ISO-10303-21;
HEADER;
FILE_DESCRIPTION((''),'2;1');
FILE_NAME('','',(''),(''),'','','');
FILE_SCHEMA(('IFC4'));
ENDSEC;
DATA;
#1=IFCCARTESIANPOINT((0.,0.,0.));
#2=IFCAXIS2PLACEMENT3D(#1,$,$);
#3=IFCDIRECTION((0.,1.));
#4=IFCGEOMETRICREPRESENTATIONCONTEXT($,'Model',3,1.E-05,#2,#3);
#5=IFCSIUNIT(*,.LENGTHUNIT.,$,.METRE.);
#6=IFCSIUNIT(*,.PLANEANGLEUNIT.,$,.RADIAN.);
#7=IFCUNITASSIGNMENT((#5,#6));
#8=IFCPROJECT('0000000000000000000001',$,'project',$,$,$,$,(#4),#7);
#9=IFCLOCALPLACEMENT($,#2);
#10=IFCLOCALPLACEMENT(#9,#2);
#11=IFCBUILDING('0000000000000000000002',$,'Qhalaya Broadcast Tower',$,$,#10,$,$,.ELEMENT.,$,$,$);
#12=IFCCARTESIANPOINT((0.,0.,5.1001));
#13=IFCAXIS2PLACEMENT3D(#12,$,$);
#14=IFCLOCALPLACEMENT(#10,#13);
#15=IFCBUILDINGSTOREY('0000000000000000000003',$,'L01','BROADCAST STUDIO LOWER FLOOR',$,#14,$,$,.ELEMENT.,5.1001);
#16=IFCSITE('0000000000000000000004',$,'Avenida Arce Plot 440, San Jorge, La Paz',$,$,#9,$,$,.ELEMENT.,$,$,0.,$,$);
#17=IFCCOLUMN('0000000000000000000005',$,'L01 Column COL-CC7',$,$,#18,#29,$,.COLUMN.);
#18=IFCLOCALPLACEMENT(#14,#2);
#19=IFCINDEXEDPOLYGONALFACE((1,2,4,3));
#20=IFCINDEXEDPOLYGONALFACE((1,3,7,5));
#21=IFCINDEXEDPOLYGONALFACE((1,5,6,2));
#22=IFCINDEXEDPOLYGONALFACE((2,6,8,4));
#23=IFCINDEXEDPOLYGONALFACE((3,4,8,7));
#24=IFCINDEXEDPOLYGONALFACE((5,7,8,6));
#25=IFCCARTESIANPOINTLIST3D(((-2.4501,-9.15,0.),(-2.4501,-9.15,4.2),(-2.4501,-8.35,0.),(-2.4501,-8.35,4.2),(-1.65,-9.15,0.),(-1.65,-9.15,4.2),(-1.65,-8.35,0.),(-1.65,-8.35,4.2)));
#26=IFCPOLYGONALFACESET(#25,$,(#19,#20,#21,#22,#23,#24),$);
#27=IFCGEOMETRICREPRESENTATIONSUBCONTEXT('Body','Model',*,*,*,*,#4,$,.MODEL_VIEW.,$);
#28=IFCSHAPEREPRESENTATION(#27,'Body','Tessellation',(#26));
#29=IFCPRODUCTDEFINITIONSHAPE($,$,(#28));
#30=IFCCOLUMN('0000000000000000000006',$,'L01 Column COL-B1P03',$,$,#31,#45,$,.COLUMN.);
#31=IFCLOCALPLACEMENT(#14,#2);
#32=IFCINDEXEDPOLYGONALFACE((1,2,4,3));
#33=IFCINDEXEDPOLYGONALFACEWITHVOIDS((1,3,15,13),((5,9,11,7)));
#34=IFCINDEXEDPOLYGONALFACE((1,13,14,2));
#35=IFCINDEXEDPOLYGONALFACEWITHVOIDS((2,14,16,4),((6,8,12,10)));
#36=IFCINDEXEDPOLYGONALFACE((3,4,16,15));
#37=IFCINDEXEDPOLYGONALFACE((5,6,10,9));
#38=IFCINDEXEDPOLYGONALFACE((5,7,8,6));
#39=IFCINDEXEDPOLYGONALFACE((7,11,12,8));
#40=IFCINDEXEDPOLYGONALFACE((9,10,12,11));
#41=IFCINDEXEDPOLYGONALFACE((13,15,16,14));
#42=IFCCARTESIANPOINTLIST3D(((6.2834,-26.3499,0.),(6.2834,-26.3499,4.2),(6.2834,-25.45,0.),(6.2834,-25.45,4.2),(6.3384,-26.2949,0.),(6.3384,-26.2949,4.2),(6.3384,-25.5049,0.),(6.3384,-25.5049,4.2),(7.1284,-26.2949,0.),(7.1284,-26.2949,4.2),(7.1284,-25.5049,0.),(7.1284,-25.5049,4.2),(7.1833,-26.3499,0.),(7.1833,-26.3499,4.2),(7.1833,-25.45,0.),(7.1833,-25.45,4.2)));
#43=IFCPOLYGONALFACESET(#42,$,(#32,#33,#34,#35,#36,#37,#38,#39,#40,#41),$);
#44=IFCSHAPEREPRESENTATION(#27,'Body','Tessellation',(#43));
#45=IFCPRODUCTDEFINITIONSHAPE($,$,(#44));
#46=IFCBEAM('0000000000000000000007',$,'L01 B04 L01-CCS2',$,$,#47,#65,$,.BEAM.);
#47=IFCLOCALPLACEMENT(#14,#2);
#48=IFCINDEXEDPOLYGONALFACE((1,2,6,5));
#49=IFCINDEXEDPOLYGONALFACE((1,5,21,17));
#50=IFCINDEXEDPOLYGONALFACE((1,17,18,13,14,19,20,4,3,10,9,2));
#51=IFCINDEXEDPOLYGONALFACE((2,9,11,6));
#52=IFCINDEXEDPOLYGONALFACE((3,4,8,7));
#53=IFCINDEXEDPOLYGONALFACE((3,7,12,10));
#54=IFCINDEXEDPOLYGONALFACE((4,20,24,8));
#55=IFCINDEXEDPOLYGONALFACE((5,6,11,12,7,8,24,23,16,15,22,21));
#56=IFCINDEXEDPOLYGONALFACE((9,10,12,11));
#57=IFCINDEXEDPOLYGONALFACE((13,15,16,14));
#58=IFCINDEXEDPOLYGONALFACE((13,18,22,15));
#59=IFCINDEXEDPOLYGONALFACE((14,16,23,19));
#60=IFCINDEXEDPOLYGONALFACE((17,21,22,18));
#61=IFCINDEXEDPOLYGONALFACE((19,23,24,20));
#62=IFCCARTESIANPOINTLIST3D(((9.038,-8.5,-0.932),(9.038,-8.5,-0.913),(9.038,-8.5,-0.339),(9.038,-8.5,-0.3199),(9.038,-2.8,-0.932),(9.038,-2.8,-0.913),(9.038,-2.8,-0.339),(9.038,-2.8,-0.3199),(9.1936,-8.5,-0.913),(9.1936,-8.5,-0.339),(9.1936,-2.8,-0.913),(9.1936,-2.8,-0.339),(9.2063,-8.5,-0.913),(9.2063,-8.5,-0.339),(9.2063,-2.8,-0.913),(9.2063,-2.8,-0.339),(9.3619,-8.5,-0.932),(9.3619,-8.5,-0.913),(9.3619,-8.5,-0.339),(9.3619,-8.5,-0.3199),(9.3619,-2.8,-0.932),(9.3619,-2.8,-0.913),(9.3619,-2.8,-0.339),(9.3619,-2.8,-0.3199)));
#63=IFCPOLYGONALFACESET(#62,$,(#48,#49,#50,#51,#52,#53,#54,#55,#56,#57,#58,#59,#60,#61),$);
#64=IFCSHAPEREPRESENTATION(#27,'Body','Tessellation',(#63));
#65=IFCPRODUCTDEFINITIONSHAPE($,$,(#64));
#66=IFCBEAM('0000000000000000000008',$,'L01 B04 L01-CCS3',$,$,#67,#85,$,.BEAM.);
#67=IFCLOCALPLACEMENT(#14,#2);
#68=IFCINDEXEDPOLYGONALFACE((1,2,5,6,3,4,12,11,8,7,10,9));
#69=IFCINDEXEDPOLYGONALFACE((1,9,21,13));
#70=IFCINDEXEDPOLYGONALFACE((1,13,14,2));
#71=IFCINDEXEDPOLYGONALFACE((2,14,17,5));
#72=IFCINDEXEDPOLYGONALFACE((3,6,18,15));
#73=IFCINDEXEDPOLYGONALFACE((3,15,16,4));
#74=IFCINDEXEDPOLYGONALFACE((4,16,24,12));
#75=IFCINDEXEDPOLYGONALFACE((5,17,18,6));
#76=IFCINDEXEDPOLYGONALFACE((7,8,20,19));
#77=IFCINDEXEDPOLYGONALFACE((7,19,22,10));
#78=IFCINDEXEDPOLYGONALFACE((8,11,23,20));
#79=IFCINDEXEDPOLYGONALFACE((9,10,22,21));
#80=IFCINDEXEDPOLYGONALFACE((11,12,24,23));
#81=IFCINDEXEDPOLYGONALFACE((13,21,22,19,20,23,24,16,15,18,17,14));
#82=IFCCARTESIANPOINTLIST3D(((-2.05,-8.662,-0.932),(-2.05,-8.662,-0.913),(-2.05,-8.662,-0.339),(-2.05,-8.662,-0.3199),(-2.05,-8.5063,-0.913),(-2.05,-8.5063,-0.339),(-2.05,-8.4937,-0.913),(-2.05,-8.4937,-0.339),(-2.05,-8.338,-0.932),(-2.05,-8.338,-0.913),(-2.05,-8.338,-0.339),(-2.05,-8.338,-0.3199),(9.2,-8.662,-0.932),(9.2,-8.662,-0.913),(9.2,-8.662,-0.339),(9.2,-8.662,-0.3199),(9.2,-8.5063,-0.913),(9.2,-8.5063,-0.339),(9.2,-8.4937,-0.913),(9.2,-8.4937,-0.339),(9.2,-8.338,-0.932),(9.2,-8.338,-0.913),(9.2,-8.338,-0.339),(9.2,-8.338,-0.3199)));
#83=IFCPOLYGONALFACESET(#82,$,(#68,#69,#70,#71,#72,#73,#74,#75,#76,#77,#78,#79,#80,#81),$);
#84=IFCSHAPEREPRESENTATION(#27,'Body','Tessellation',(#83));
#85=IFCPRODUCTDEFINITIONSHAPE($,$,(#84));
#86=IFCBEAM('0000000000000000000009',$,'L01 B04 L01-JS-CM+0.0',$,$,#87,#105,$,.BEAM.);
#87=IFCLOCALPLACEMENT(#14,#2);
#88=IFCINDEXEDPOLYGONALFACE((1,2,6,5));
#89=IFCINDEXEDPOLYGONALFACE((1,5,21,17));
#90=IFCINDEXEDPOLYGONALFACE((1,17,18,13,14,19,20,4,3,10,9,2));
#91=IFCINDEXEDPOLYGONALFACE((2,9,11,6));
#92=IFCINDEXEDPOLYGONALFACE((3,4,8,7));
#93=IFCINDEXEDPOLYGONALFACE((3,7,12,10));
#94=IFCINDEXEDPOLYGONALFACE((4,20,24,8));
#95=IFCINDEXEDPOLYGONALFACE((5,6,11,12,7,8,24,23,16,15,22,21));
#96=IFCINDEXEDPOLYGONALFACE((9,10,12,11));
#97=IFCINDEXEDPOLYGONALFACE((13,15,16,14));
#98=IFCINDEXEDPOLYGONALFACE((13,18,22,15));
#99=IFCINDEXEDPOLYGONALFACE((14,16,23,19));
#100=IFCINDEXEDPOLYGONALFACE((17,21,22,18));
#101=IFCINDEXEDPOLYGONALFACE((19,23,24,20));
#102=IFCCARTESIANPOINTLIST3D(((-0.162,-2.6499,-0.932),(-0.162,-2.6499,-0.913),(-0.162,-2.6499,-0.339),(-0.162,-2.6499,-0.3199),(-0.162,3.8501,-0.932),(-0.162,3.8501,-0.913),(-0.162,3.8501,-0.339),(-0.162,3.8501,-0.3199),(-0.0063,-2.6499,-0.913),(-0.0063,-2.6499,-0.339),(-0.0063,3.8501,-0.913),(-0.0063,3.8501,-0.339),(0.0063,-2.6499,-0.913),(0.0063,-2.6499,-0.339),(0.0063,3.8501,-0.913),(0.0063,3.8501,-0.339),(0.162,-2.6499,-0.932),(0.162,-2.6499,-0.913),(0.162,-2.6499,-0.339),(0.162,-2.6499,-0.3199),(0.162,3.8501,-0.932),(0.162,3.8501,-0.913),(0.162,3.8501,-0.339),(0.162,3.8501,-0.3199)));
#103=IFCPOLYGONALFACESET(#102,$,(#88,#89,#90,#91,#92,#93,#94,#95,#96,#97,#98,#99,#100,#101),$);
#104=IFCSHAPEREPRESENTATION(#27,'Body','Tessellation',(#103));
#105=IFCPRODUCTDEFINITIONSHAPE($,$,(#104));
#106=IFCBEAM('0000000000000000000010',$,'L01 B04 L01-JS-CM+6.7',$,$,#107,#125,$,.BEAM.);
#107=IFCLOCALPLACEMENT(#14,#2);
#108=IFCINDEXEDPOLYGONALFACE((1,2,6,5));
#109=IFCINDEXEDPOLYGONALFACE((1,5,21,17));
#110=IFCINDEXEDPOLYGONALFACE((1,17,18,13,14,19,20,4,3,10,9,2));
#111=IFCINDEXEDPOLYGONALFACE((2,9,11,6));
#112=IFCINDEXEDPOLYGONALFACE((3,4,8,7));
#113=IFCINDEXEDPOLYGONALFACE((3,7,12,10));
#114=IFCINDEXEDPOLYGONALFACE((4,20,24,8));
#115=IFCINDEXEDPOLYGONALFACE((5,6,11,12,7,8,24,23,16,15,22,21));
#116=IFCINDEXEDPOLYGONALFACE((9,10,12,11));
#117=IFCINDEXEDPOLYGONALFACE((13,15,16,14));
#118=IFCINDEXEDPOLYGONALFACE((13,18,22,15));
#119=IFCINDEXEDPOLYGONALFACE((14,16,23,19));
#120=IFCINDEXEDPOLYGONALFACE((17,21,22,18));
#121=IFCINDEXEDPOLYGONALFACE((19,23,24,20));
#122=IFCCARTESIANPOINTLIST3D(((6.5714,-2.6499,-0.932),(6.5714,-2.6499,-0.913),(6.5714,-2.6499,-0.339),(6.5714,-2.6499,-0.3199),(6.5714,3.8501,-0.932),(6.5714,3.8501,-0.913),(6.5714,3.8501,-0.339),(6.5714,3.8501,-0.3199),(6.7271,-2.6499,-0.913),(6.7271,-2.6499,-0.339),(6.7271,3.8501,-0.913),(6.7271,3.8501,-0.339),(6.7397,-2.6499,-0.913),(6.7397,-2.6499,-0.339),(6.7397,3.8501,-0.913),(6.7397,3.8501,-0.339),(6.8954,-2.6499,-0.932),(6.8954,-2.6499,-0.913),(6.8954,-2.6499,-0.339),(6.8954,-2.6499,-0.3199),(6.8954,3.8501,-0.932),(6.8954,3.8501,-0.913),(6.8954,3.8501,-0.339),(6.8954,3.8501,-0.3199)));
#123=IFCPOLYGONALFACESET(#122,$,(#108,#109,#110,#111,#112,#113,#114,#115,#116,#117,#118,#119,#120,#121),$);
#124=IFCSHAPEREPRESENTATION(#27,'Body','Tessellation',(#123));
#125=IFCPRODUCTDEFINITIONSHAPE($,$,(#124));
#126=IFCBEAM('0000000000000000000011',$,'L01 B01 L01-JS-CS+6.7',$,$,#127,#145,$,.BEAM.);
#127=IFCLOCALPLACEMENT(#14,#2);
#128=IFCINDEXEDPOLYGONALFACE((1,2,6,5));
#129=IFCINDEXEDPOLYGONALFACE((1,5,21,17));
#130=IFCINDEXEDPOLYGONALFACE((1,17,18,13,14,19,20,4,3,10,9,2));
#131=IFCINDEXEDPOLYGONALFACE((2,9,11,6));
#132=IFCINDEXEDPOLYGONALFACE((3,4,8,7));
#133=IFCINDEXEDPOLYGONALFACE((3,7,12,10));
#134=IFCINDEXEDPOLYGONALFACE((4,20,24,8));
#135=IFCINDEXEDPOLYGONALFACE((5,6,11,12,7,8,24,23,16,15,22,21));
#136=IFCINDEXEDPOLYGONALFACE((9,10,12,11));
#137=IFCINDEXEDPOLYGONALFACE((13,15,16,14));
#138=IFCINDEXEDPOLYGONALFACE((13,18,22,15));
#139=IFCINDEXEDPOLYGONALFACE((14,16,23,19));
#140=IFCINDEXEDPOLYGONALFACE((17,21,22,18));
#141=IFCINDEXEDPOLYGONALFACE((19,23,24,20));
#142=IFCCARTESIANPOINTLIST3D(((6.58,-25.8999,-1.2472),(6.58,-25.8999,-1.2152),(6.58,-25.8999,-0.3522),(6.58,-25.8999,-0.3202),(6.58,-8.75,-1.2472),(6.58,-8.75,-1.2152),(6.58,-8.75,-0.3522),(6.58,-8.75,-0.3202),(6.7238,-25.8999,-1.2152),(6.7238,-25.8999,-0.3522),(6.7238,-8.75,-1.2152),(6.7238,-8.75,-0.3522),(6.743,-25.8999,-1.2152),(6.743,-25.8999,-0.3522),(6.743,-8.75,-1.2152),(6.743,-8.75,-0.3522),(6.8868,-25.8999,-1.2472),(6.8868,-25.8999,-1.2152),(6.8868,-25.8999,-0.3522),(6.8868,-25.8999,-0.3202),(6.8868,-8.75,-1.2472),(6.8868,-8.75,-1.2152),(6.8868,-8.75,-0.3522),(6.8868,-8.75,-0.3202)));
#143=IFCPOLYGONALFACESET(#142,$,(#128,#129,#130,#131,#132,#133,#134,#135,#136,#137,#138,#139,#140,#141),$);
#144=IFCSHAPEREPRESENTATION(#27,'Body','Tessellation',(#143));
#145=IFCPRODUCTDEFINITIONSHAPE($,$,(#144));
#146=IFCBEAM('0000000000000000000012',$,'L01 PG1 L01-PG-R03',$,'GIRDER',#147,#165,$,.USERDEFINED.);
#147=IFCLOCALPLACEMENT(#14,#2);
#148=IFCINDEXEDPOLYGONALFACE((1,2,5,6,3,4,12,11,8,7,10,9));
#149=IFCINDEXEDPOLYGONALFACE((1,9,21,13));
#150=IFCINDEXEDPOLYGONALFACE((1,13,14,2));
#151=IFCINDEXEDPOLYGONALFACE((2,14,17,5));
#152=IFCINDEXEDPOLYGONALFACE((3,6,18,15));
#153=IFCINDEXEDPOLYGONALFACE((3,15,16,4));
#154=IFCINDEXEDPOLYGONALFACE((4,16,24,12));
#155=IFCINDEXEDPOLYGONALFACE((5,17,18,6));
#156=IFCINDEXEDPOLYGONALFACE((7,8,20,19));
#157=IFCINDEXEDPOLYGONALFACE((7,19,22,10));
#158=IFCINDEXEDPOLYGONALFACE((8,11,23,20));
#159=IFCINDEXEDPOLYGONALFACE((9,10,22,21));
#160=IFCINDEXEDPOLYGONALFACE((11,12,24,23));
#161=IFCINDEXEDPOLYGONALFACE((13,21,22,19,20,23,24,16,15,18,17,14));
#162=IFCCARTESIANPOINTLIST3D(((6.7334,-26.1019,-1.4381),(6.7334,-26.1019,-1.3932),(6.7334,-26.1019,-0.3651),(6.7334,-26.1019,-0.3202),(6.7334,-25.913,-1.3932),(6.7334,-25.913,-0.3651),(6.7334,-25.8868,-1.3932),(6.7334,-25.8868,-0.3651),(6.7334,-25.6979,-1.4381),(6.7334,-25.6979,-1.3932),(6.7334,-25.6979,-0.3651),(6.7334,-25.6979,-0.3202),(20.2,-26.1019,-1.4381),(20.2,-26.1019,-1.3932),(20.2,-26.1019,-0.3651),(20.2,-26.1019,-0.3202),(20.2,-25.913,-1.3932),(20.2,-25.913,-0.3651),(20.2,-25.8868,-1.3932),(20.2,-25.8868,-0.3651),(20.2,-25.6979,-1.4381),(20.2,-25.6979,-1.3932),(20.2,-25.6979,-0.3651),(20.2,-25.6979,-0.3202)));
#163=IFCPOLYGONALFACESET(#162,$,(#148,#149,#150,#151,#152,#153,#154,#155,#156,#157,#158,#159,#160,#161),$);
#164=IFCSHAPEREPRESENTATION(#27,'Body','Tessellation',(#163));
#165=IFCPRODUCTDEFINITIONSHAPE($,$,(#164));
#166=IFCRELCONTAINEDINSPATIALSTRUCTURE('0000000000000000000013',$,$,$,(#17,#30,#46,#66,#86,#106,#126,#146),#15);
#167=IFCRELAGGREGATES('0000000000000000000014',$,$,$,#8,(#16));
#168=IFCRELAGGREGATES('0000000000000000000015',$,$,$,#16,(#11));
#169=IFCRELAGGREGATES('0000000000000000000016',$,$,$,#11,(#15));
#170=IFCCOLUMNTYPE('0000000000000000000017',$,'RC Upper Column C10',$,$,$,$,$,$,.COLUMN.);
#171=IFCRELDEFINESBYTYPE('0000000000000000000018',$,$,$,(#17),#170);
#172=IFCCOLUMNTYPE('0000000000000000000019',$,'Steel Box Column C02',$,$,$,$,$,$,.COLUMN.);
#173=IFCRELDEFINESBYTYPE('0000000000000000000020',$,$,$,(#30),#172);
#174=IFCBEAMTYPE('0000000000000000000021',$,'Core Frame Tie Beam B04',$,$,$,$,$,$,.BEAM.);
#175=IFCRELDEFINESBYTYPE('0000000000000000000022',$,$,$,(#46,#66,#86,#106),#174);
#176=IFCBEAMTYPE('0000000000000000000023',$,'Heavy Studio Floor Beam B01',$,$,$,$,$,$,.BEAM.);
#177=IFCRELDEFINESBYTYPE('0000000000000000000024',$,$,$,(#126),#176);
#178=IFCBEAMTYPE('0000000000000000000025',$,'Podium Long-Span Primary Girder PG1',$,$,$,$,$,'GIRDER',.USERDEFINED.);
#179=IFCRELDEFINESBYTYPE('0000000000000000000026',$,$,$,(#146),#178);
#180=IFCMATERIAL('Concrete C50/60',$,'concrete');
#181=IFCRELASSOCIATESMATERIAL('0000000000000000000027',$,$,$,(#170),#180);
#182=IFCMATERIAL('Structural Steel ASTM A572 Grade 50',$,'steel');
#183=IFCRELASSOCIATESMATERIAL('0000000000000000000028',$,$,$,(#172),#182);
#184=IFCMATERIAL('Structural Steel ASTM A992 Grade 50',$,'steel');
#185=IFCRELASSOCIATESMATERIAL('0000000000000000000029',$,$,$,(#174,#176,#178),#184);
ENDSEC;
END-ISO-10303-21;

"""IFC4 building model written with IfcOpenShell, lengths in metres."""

from ifc_helpers import new_model, si_unit, direction, frame, origin, origin_2d, place, context, subcontext, project, spatial, rectangle, hollow_rectangle, i_section, extrude, material, material_profile, profile_set, type_object, element, save


model = new_model("IFC4")

# Units and contexts
model_context = context("Model", 3, precision=1e-05, world=origin(), true_north=direction((0.0, 1.0)))
body_context = subcontext(model_context, "Body", "Model", "MODEL_VIEW")
ifc_project = project(units=[si_unit("LENGTHUNIT", "METRE"), si_unit("PLANEANGLEUNIT", "RADIAN")], contexts=[model_context])

# Site, building, storey
site_placement = place(None, origin())
site = spatial("IfcSite", under=ifc_project, at=site_placement, Name="Avenida Arce Plot 440, San Jorge, La Paz", CompositionType="ELEMENT", RefElevation=0.0)
building_placement = place(site_placement, origin())
building = spatial("IfcBuilding", under=site, at=building_placement, Name="Qhalaya Broadcast Tower", CompositionType="ELEMENT")
storey_placement = place(building_placement, frame((0.0, 0.0, 5.1001)))
storey = spatial("IfcBuildingStorey", under=building, at=storey_placement, Name="L01", Description="BROADCAST STUDIO LOWER FLOOR", CompositionType="ELEMENT", Elevation=5.1001)

# Columns
ifc_material_1 = material(Name="Concrete C50/60", Category="concrete")
ifc_material_profile_1 = material_profile(ifc_material_1, rectangle(XDim=0.8, YDim=0.8, at=origin_2d()), Name="RC-COL 800x800")
ifc_profile_set_1 = profile_set([ifc_material_profile_1], Name="Concrete C50/60")
column_type_1 = type_object("IfcColumnType", Name="RC Upper Column C10", PredefinedType="COLUMN", material=ifc_profile_set_1)
column_1_placement = place(storey_placement, frame((-2.05, -8.75, 0.0), z_axis=(0.0, 0.0, 1.0), x_axis=(1.0, 0.0, 0.0)))
element("IfcColumn", 1, at=column_1_placement, inside=storey, type_object=column_type_1, Name="L01 Column COL-CC7", PredefinedType="COLUMN", context=body_context, shape_type="SweptSolid", body=[
    extrude(rectangle(XDim=0.8, YDim=0.8, at=origin_2d()), origin(), (0.0, 0.0, 1.0), 4.2),
])
ifc_material_2 = material(Name="Structural Steel ASTM A572 Grade 50", Category="steel")
ifc_material_profile_2 = material_profile(ifc_material_2, hollow_rectangle(XDim=0.8999, YDim=0.8999, WallThickness=0.0549, at=origin_2d()), Name="BOX 900x900x55")
ifc_profile_set_2 = profile_set([ifc_material_profile_2], Name="Structural Steel ASTM A572 Grade 50")
column_type_2 = type_object("IfcColumnType", Name="Steel Box Column C02", PredefinedType="COLUMN", material=ifc_profile_set_2)
column_2_placement = place(storey_placement, frame((6.7334, -25.8999, 0.0), z_axis=(0.0, 0.0, 1.0), x_axis=(1.0, 0.0, 0.0)))
element("IfcColumn", 2, at=column_2_placement, inside=storey, type_object=column_type_2, Name="L01 Column COL-B1P03", PredefinedType="COLUMN", context=body_context, shape_type="SweptSolid", body=[
    extrude(hollow_rectangle(XDim=0.8999, YDim=0.8999, WallThickness=0.0549, at=origin_2d()), origin(), (0.0, 0.0, 1.0), 4.2),
])

# Beams
ifc_material_3 = material(Name="Structural Steel ASTM A992 Grade 50", Category="steel")
ifc_material_profile_3 = material_profile(ifc_material_3, i_section(OverallWidth=0.324, OverallDepth=0.6121, WebThickness=0.0127, FlangeThickness=0.019, at=origin_2d()), Name="W24X104")
ifc_profile_set_3 = profile_set([ifc_material_profile_3], Name="Structural Steel ASTM A992 Grade 50")
beam_type_1 = type_object("IfcBeamType", Name="Core Frame Tie Beam B04", PredefinedType="BEAM", material=ifc_profile_set_3)
beam_1_placement = place(storey_placement, frame((9.2, -8.5, -0.626), z_axis=(0.0, 1.0, 0.0), x_axis=(-1.0, 0.0, 0.0)))
element("IfcBeam", 3, at=beam_1_placement, inside=storey, type_object=beam_type_1, Name="L01 B04 L01-CCS2", PredefinedType="BEAM", context=body_context, shape_type="SweptSolid", body=[
    extrude(i_section(OverallWidth=0.324, OverallDepth=0.6121, WebThickness=0.0127, FlangeThickness=0.019, at=origin_2d()), origin(), (0.0, 0.0, 1.0), 5.7),
])
beam_2_placement = place(storey_placement, frame((-2.05, -8.5, -0.626), z_axis=(1.0, 0.0, 0.0), x_axis=(0.0, 1.0, 0.0)))
element("IfcBeam", 4, at=beam_2_placement, inside=storey, type_object=beam_type_1, Name="L01 B04 L01-CCS3", PredefinedType="BEAM", context=body_context, shape_type="SweptSolid", body=[
    extrude(i_section(OverallWidth=0.324, OverallDepth=0.6121, WebThickness=0.0127, FlangeThickness=0.019, at=origin_2d()), origin(), (0.0, 0.0, 1.0), 11.25),
])
for number, where, z_axis, x_axis, name in (
    (5, (0.0, -2.6499, -0.626), (0.0, 1.0, 0.0), (-1.0, 0.0, 0.0), "L01 B04 L01-JS-CM+0.0"),
    (6, (6.7334, -2.6499, -0.626), (0.0, 1.0, 0.0), (-1.0, 0.0, 0.0), "L01 B04 L01-JS-CM+6.7"),
):
    element("IfcBeam", number, at=place(storey_placement, frame(where, z_axis=z_axis, x_axis=x_axis)), inside=storey, type_object=beam_type_1, Name=name, PredefinedType="BEAM", context=body_context, shape_type="SweptSolid", body=[
        extrude(i_section(OverallWidth=0.324, OverallDepth=0.6121, WebThickness=0.0127, FlangeThickness=0.019, at=origin_2d()), origin(), (0.0, 0.0, 1.0), 6.5),
    ])
ifc_material_profile_4 = material_profile(ifc_material_3, i_section(OverallWidth=0.3069, OverallDepth=0.927, WebThickness=0.0193, FlangeThickness=0.032, at=origin_2d()), Name="W36X194")
ifc_profile_set_4 = profile_set([ifc_material_profile_4], Name="Structural Steel ASTM A992 Grade 50")
beam_type_2 = type_object("IfcBeamType", Name="Heavy Studio Floor Beam B01", PredefinedType="BEAM", material=ifc_profile_set_4)
beam_3_placement = place(storey_placement, frame((6.7334, -25.8999, -0.7837), z_axis=(0.0, 1.0, 0.0), x_axis=(-1.0, 0.0, 0.0)))
element("IfcBeam", 7, at=beam_3_placement, inside=storey, type_object=beam_type_2, Name="L01 B01 L01-JS-CS+6.7", PredefinedType="BEAM", context=body_context, shape_type="SweptSolid", body=[
    extrude(i_section(OverallWidth=0.3069, OverallDepth=0.927, WebThickness=0.0193, FlangeThickness=0.032, at=origin_2d()), origin(), (0.0, 0.0, 1.0), 17.1499),
])
ifc_material_profile_5 = material_profile(ifc_material_3, i_section(OverallWidth=0.4041, OverallDepth=1.1179, WebThickness=0.0261, FlangeThickness=0.0449, at=origin_2d()), Name="W44X335")
ifc_profile_set_5 = profile_set([ifc_material_profile_5], Name="Structural Steel ASTM A992 Grade 50")
beam_type_3 = type_object("IfcBeamType", Name="Podium Long-Span Primary Girder PG1", ElementType="GIRDER", PredefinedType="USERDEFINED", material=ifc_profile_set_5)
beam_4_placement = place(storey_placement, frame((6.7334, -25.8999, -0.8792), z_axis=(1.0, 0.0, 0.0), x_axis=(0.0, 1.0, 0.0)))
element("IfcBeam", 8, at=beam_4_placement, inside=storey, type_object=beam_type_3, Name="L01 PG1 L01-PG-R03", ObjectType="GIRDER", PredefinedType="USERDEFINED", context=body_context, shape_type="SweptSolid", body=[
    extrude(i_section(OverallWidth=0.4041, OverallDepth=1.1179, WebThickness=0.0261, FlangeThickness=0.0449, at=origin_2d()), origin(), (0.0, 0.0, 1.0), 13.4666),
])

save(model, "model.ifc")
